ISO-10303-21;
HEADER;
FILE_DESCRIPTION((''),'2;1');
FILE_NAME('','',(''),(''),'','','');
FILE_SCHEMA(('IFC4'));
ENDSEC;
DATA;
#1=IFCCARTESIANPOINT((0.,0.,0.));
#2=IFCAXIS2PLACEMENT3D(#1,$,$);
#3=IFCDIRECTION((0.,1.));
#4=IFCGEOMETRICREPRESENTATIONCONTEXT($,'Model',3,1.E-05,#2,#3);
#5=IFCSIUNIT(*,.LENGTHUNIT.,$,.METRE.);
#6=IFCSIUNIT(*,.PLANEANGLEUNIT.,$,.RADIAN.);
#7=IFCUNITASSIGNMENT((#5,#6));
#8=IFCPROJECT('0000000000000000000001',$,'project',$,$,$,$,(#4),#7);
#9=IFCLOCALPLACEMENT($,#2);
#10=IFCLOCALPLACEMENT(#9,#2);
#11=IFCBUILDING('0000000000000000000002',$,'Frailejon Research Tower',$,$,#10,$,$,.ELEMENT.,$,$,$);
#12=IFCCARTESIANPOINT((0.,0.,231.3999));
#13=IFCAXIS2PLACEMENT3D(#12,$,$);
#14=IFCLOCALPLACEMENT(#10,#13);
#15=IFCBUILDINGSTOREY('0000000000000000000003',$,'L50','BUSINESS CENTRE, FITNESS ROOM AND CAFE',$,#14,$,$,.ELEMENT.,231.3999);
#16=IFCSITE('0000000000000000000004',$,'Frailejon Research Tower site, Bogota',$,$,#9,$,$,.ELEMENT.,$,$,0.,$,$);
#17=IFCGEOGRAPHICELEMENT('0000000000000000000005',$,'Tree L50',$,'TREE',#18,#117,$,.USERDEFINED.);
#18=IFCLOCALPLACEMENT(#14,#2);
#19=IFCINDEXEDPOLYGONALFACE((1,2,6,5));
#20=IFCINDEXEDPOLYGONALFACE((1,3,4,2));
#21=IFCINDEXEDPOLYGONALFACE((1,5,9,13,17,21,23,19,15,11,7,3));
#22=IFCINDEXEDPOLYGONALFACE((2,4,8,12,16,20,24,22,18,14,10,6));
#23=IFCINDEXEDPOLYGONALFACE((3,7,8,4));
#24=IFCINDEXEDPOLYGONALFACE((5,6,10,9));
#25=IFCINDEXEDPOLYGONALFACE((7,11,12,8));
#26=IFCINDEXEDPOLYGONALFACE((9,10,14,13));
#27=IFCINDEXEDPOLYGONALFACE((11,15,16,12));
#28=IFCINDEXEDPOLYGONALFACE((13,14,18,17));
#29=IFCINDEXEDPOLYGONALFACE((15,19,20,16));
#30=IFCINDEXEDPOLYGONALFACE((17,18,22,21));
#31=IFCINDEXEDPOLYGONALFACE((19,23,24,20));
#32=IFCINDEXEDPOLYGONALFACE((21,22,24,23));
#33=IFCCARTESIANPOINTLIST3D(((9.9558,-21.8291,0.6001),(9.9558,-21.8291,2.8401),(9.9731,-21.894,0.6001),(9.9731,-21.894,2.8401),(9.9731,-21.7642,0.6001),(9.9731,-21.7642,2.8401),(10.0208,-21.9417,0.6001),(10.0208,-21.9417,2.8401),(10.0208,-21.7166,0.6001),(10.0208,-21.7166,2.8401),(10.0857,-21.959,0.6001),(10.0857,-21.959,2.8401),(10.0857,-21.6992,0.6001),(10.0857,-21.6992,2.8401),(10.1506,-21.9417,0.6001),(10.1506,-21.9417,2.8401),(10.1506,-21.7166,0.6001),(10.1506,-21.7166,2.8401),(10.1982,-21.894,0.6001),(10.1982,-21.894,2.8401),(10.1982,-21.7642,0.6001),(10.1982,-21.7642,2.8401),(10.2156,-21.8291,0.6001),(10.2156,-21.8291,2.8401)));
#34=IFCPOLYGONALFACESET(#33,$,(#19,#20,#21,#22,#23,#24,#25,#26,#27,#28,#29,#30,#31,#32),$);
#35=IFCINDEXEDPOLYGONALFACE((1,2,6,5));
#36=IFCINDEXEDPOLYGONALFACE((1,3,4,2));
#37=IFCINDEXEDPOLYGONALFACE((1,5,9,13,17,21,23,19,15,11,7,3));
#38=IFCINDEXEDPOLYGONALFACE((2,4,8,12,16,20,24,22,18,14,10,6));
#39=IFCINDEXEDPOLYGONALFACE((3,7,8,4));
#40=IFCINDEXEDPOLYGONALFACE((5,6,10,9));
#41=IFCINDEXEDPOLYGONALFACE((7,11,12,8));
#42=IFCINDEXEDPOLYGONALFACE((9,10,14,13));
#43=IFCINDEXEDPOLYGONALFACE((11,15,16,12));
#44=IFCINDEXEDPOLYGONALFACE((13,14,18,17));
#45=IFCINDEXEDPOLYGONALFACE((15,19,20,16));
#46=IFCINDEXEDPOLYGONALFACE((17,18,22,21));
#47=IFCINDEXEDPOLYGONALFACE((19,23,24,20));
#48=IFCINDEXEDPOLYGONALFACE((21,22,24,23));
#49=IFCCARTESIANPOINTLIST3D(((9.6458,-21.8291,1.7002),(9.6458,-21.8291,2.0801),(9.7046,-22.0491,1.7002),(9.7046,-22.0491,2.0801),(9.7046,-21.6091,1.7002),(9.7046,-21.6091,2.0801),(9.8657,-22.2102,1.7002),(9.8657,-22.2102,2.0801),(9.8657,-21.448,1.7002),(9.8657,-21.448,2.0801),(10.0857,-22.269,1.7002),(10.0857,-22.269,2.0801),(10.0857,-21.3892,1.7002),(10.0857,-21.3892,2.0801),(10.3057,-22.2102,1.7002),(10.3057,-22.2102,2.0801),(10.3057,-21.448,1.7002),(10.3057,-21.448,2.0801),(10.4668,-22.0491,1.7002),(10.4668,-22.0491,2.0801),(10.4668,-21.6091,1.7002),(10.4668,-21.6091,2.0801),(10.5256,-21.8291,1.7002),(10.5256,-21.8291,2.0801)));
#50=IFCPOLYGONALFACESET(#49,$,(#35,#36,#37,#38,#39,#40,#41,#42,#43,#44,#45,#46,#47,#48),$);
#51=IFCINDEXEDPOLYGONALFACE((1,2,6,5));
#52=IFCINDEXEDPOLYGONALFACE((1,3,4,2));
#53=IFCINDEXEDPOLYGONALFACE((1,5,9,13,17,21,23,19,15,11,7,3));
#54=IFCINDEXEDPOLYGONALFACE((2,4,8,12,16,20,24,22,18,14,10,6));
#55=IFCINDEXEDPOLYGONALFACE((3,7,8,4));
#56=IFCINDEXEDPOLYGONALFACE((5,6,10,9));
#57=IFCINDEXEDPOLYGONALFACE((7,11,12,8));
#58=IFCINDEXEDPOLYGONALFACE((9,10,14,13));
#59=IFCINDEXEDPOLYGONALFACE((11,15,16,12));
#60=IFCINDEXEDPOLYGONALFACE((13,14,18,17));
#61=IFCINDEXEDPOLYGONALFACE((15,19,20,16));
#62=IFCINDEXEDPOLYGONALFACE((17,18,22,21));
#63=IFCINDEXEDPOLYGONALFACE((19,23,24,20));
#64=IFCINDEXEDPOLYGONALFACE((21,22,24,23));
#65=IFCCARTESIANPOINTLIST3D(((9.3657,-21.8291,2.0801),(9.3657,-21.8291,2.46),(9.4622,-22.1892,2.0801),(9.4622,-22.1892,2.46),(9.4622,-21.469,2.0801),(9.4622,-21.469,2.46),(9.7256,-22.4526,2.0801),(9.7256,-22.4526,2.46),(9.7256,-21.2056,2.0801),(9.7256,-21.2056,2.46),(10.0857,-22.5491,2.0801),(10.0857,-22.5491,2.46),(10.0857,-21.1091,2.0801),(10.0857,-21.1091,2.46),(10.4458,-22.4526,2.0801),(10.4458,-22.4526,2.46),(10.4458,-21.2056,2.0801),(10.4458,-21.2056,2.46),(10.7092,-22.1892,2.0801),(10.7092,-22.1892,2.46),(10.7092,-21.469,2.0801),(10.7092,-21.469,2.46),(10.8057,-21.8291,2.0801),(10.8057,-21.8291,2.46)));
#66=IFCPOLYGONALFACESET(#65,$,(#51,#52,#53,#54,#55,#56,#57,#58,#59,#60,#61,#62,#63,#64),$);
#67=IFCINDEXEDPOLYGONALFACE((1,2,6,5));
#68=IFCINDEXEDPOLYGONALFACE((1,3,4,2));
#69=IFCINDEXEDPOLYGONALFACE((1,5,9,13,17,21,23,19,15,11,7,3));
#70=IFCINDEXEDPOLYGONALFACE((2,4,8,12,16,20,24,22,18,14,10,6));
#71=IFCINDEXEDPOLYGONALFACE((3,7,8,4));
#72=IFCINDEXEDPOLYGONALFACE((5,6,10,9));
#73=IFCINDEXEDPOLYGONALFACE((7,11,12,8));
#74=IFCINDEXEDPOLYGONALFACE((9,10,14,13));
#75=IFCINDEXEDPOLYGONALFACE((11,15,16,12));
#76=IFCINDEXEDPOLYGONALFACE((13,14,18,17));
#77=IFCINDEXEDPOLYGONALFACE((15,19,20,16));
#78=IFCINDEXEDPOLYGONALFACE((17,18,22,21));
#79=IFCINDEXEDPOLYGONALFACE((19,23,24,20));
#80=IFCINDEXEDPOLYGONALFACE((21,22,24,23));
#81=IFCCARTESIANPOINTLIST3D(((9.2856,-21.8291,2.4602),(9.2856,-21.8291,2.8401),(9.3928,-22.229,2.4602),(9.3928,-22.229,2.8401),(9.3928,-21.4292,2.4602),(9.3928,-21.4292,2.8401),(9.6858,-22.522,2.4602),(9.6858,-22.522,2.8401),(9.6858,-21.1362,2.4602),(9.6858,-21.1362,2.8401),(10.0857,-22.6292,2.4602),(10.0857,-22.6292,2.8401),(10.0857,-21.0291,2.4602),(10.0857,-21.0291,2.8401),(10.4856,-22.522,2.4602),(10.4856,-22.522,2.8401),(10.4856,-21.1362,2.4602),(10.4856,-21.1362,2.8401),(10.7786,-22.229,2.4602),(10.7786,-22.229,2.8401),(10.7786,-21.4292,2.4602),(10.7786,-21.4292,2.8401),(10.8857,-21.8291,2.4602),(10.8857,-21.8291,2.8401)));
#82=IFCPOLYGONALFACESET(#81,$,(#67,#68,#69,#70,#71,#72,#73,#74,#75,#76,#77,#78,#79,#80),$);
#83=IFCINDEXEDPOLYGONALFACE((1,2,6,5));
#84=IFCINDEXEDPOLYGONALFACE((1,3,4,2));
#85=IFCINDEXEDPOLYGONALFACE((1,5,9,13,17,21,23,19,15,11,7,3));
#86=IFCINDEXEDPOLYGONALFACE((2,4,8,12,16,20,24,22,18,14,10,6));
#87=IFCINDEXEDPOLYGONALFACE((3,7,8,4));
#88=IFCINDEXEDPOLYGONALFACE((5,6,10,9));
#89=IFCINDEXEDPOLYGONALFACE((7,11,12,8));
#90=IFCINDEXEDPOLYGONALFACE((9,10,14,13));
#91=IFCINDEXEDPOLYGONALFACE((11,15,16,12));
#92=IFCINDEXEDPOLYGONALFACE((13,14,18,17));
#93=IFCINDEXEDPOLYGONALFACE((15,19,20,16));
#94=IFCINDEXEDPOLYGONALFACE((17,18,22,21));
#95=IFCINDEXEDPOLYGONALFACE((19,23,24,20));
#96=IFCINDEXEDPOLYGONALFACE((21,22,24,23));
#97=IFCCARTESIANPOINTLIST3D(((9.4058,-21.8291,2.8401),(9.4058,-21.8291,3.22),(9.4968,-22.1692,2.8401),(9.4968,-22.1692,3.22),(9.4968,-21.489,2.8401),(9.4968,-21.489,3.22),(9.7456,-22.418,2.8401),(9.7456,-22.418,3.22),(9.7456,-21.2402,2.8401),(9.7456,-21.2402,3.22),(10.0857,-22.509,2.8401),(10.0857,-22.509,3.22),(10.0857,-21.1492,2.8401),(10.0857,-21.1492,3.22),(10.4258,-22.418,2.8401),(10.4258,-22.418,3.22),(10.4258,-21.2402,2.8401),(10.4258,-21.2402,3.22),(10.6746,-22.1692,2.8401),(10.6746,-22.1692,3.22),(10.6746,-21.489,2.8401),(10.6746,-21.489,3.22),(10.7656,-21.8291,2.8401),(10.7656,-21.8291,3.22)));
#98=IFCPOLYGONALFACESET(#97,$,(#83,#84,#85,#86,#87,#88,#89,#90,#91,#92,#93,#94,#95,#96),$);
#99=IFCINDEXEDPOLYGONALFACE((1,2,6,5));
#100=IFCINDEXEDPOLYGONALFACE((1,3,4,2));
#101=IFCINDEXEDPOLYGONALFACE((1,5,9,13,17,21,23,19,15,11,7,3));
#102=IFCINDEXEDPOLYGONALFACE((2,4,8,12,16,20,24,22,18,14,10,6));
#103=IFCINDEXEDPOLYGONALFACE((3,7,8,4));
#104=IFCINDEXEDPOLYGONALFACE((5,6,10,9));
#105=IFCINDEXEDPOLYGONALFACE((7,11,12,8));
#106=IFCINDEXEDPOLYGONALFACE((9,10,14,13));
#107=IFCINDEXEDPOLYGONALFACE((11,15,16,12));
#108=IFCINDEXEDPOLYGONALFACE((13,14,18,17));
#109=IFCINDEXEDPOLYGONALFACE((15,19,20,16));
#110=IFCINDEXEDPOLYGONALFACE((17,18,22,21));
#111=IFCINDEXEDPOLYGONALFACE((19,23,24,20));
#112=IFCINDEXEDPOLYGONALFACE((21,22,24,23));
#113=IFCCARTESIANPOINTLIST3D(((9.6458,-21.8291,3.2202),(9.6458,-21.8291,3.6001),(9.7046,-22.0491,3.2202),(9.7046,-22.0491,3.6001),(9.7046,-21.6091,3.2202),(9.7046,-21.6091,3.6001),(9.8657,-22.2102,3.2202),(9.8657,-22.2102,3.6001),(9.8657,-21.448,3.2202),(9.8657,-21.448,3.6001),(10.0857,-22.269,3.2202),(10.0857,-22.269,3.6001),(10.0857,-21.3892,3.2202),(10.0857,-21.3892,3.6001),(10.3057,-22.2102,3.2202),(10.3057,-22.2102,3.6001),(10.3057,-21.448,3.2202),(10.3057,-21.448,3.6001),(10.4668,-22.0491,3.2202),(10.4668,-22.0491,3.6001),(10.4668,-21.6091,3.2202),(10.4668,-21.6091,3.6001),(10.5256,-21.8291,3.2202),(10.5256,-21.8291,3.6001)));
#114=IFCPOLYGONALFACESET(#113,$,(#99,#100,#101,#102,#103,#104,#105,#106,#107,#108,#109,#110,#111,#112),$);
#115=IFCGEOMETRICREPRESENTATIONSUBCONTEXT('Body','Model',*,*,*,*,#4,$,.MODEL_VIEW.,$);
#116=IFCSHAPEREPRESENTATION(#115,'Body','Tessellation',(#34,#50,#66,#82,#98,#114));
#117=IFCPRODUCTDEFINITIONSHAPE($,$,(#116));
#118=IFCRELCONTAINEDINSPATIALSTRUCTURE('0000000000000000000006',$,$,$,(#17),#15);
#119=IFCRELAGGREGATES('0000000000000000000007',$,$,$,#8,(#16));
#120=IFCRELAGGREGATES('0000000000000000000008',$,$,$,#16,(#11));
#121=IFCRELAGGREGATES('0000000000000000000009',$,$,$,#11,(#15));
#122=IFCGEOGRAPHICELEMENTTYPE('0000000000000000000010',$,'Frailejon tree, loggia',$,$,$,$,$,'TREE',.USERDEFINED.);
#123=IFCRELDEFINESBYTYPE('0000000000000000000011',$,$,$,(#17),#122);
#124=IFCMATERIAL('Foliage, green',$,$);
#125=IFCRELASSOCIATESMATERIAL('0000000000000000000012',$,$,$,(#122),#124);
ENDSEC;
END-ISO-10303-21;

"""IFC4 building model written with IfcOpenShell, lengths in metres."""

from ifc_helpers import new_model, si_unit, direction, frame, origin, place, context, subcontext, project, spatial, polyline, outline, extrude, material, type_object, element, save


model = new_model("IFC4")

# Units and contexts
model_context = context("Model", 3, precision=1e-05, world=origin(), true_north=direction((0.0, 1.0)))
body_context = subcontext(model_context, "Body", "Model", "MODEL_VIEW")
ifc_project = project(units=[si_unit("LENGTHUNIT", "METRE"), si_unit("PLANEANGLEUNIT", "RADIAN")], contexts=[model_context])

# Site, building, storey
site_placement = place(None, origin())
site = spatial("IfcSite", under=ifc_project, at=site_placement, Name="Frailejon Research Tower site, Bogota", CompositionType="ELEMENT", RefElevation=0.0)
building_placement = place(site_placement, origin())
building = spatial("IfcBuilding", under=site, at=building_placement, Name="Frailejon Research Tower", CompositionType="ELEMENT")
storey_placement = place(building_placement, frame((0.0, 0.0, 231.3999)))
storey = spatial("IfcBuildingStorey", under=building, at=storey_placement, Name="L50", Description="BUSINESS CENTRE, FITNESS ROOM AND CAFE", CompositionType="ELEMENT", Elevation=231.3999)

# Geographic element
ifc_material_1 = material(Name="Foliage, green")
geographic_element_type = type_object("IfcGeographicElementType", Name="Frailejon tree, loggia", ElementType="TREE", PredefinedType="USERDEFINED", material=ifc_material_1)
geographic_element_placement = place(storey_placement, frame((10.0857, -21.8291, 0.6001)))
element("IfcGeographicElement", 1, at=geographic_element_placement, inside=storey, type_object=geographic_element_type, Name="Tree L50", ObjectType="TREE", PredefinedType="USERDEFINED", context=body_context, shape_type="SweptSolid", body=[
    extrude(outline(polyline([(0.1299, 0.0), (0.1125, 0.0649), (0.0649, 0.1125), (0.0, 0.1299), (-0.0649, 0.1125), (-0.1125, 0.0649), (-0.1299, 0.0), (-0.1125, -0.0649), (-0.0649, -0.1125), (0.0, -0.1299), (0.0649, -0.1125), (0.1125, -0.0649), (0.1299, 0.0)])), origin(), (0.0, 0.0, 1.0), 2.24),
    extrude(outline(polyline([(0.4399, 0.0), (0.3811, 0.22), (0.22, 0.3811), (0.0, 0.4399), (-0.22, 0.3811), (-0.3811, 0.22), (-0.4399, 0.0), (-0.3811, -0.22), (-0.22, -0.3811), (0.0, -0.4399), (0.22, -0.3811), (0.3811, -0.22), (0.4399, 0.0)])), frame((0.0, 0.0, 1.1001)), (0.0, 0.0, 1.0), 0.3799),
    extrude(outline(polyline([(0.72, 0.0), (0.6235, 0.3601), (0.3601, 0.6235), (0.0, 0.72), (-0.3601, 0.6235), (-0.6235, 0.3601), (-0.72, 0.0), (-0.6235, -0.3601), (-0.3601, -0.6235), (0.0, -0.72), (0.3601, -0.6235), (0.6235, -0.3601), (0.72, 0.0)])), frame((0.0, 0.0, 1.48)), (0.0, 0.0, 1.0), 0.3799),
    extrude(outline(polyline([(0.8, 0.0), (0.6929, 0.3999), (0.3999, 0.6929), (0.0, 0.8), (-0.3999, 0.6929), (-0.6929, 0.3999), (-0.8, 0.0), (-0.6929, -0.3999), (-0.3999, -0.6929), (0.0, -0.8), (0.3999, -0.6929), (0.6929, -0.3999), (0.8, 0.0)])), frame((0.0, 0.0, 1.8601)), (0.0, 0.0, 1.0), 0.3799),
    extrude(outline(polyline([(0.6799, 0.0), (0.5889, 0.3401), (0.3401, 0.5889), (0.0, 0.6799), (-0.3401, 0.5889), (-0.5889, 0.3401), (-0.6799, 0.0), (-0.5889, -0.3401), (-0.3401, -0.5889), (0.0, -0.6799), (0.3401, -0.5889), (0.5889, -0.3401), (0.6799, 0.0)])), frame((0.0, 0.0, 2.24)), (0.0, 0.0, 1.0), 0.3799),
    extrude(outline(polyline([(0.4399, 0.0), (0.3811, 0.22), (0.22, 0.3811), (0.0, 0.4399), (-0.22, 0.3811), (-0.3811, 0.22), (-0.4399, 0.0), (-0.3811, -0.22), (-0.22, -0.3811), (0.0, -0.4399), (0.22, -0.3811), (0.3811, -0.22), (0.4399, 0.0)])), frame((0.0, 0.0, 2.6201)), (0.0, 0.0, 1.0), 0.3799),
])

save(model, "model.ifc")
